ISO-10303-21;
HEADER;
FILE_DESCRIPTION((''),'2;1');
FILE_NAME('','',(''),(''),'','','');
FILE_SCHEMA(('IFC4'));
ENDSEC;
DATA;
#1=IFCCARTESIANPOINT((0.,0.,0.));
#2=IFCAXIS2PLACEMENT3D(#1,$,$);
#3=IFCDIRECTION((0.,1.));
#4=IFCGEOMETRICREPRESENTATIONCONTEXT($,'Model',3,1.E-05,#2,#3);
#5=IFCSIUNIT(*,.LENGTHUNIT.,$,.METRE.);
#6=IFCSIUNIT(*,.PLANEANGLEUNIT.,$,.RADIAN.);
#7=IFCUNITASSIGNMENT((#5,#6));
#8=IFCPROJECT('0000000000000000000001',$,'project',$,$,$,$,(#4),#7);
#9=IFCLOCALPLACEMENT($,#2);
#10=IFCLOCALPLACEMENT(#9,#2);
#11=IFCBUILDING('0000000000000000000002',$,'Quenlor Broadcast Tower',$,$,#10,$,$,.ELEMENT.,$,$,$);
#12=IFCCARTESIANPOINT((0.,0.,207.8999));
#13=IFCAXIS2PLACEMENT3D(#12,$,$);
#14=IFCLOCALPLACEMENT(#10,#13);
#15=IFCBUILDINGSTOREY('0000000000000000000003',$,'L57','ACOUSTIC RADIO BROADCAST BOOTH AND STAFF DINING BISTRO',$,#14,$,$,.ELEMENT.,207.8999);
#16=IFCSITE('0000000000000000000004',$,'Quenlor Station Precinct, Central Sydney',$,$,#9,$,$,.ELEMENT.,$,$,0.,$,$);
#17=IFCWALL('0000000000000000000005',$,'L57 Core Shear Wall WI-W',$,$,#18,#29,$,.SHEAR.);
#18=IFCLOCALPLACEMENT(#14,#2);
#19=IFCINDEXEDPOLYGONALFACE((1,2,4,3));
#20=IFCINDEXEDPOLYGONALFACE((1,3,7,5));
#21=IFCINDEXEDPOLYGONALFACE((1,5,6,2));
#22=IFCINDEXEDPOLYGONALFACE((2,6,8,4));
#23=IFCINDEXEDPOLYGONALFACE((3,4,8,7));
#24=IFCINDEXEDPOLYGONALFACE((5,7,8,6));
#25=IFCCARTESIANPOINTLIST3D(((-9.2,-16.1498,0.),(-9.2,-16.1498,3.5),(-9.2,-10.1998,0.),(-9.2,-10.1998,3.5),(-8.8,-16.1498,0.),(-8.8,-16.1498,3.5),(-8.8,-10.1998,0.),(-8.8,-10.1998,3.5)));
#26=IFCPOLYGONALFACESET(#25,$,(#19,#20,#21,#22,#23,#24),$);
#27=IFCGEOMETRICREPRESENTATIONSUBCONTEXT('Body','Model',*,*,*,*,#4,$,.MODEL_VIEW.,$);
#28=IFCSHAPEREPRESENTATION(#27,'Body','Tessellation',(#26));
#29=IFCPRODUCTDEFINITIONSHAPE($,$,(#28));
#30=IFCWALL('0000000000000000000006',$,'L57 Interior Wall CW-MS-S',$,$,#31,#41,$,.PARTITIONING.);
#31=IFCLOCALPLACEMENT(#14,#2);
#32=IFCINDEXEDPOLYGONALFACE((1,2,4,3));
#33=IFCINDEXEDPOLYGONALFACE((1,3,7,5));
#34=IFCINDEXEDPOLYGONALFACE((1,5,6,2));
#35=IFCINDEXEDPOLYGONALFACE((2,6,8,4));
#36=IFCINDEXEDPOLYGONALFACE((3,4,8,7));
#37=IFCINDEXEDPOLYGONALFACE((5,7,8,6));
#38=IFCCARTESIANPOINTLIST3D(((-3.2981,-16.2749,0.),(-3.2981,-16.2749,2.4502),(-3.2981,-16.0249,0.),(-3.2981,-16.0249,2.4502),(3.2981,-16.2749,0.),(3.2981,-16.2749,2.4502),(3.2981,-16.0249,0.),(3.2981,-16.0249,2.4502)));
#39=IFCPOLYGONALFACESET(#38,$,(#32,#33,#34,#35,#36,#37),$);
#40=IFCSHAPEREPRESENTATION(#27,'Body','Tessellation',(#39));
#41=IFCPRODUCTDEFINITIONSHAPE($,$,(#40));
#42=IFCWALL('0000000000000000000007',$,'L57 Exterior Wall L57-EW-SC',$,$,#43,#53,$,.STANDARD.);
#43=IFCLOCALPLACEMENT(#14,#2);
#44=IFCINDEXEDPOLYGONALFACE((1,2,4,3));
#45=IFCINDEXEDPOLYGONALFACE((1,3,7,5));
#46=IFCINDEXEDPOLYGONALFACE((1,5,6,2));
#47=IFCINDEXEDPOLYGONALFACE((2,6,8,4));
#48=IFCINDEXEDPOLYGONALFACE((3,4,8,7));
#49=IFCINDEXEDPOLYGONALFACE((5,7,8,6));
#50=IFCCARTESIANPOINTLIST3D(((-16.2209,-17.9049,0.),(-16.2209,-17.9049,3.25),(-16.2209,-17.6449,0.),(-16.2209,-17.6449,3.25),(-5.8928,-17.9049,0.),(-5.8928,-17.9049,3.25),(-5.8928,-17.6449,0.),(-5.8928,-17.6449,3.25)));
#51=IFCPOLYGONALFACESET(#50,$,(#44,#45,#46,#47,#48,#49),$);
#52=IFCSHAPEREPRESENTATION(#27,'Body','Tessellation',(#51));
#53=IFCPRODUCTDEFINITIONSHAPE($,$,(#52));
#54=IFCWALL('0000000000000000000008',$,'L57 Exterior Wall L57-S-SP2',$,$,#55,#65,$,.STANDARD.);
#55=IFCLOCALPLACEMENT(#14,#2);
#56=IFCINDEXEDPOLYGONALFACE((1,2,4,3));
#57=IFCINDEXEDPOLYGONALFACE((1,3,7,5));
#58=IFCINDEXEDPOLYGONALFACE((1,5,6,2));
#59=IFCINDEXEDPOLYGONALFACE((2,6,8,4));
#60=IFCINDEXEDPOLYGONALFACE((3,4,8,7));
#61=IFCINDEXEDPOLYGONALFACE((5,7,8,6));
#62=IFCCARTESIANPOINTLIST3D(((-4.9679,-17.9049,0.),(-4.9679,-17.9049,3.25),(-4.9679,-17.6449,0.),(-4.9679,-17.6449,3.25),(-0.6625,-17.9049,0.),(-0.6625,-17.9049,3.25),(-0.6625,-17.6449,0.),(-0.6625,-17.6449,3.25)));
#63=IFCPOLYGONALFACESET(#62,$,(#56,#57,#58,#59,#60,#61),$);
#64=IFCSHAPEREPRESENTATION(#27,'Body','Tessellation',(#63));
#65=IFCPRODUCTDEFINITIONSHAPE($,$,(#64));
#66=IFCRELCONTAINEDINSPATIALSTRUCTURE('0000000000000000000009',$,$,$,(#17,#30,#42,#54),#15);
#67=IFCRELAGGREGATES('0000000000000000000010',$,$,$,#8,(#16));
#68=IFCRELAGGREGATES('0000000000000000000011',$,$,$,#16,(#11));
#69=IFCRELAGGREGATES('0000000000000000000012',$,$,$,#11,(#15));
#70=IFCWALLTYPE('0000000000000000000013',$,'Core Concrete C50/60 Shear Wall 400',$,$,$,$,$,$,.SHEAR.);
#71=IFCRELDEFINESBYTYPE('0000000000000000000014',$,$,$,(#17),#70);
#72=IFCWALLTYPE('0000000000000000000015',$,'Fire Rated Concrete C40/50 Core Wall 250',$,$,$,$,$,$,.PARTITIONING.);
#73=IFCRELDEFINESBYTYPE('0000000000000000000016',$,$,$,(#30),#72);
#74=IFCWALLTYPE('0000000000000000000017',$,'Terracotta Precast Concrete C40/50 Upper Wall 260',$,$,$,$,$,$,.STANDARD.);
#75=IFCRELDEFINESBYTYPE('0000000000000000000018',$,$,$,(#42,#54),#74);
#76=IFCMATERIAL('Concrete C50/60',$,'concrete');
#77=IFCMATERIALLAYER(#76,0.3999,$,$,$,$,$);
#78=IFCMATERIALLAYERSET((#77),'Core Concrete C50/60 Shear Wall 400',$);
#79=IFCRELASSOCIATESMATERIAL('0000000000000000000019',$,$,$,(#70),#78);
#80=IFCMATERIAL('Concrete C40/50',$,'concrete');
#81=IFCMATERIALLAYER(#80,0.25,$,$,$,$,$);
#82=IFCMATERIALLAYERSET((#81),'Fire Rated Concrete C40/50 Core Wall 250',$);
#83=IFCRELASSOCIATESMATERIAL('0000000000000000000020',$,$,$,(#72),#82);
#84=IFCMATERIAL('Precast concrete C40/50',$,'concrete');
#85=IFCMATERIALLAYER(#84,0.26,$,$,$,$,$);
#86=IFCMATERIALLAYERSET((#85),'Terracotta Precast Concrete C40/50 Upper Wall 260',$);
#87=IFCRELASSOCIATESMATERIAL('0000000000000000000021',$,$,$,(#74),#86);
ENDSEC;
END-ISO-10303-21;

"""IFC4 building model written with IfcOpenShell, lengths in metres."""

from ifc_helpers import new_model, si_unit, direction, frame, frame_2d, origin, place, context, subcontext, project, spatial, rectangle, extrude, material, layer, layer_set, type_object, element, save


model = new_model("IFC4")

# Units and contexts
model_context = context("Model", 3, precision=1e-05, world=origin(), true_north=direction((0.0, 1.0)))
body_context = subcontext(model_context, "Body", "Model", "MODEL_VIEW")
ifc_project = project(units=[si_unit("LENGTHUNIT", "METRE"), si_unit("PLANEANGLEUNIT", "RADIAN")], contexts=[model_context])

# Site, building, storey
site_placement = place(None, origin())
site = spatial("IfcSite", under=ifc_project, at=site_placement, Name="Quenlor Station Precinct, Central Sydney", CompositionType="ELEMENT", RefElevation=0.0)
building_placement = place(site_placement, origin())
building = spatial("IfcBuilding", under=site, at=building_placement, Name="Quenlor Broadcast Tower", CompositionType="ELEMENT")
storey_placement = place(building_placement, frame((0.0, 0.0, 207.8999)))
storey = spatial("IfcBuildingStorey", under=building, at=storey_placement, Name="L57", Description="ACOUSTIC RADIO BROADCAST BOOTH AND STAFF DINING BISTRO", CompositionType="ELEMENT", Elevation=207.8999)

# Walls
ifc_material_1 = material(Name="Concrete C50/60", Category="concrete")
ifc_layer_1 = layer(ifc_material_1, 0.3999)
ifc_layer_set_1 = layer_set([ifc_layer_1], Name="Core Concrete C50/60 Shear Wall 400")
wall_type_1 = type_object("IfcWallType", Name="Core Concrete C50/60 Shear Wall 400", PredefinedType="SHEAR", material=ifc_layer_set_1)
wall_1_placement = place(storey_placement, frame((-9.0, -16.1499, 0.0), z_axis=(0.0, 0.0, 1.0), x_axis=(0.0, 1.0, 0.0)))
element("IfcWall", 1, at=wall_1_placement, inside=storey, type_object=wall_type_1, Name="L57 Core Shear Wall WI-W", PredefinedType="SHEAR", context=body_context, shape_type="SweptSolid", body=[
    extrude(rectangle(XDim=5.95, YDim=0.3999, at=frame_2d((2.9751, 0.0))), origin(), (0.0, 0.0, 1.0), 3.5),
])
ifc_material_2 = material(Name="Concrete C40/50", Category="concrete")
ifc_layer_2 = layer(ifc_material_2, 0.25)
ifc_layer_set_2 = layer_set([ifc_layer_2], Name="Fire Rated Concrete C40/50 Core Wall 250")
wall_type_2 = type_object("IfcWallType", Name="Fire Rated Concrete C40/50 Core Wall 250", PredefinedType="PARTITIONING", material=ifc_layer_set_2)
wall_2_placement = place(storey_placement, frame((-3.2981, -16.1499, 0.0), z_axis=(0.0, 0.0, 1.0), x_axis=(1.0, 0.0, 0.0)))
element("IfcWall", 2, at=wall_2_placement, inside=storey, type_object=wall_type_2, Name="L57 Interior Wall CW-MS-S", PredefinedType="PARTITIONING", context=body_context, shape_type="SweptSolid", body=[
    extrude(rectangle(XDim=6.5962, YDim=0.25, at=frame_2d((3.2981, 0.0))), origin(), (0.0, 0.0, 1.0), 2.4502),
])
ifc_material_3 = material(Name="Precast concrete C40/50", Category="concrete")
ifc_layer_3 = layer(ifc_material_3, 0.26)
ifc_layer_set_3 = layer_set([ifc_layer_3], Name="Terracotta Precast Concrete C40/50 Upper Wall 260")
wall_type_3 = type_object("IfcWallType", Name="Terracotta Precast Concrete C40/50 Upper Wall 260", PredefinedType="STANDARD", material=ifc_layer_set_3)
wall_3_placement = place(storey_placement, frame((-5.8928, -17.7749, 0.0), z_axis=(0.0, 0.0, 1.0), x_axis=(-1.0, 0.0, 0.0)))
element("IfcWall", 3, at=wall_3_placement, inside=storey, type_object=wall_type_3, Name="L57 Exterior Wall L57-EW-SC", PredefinedType="STANDARD", context=body_context, shape_type="SweptSolid", body=[
    extrude(rectangle(XDim=10.3281, YDim=0.26, at=frame_2d((5.1641, 0.0))), origin(), (0.0, 0.0, 1.0), 3.25),
])
wall_4_placement = place(storey_placement, frame((-0.6624, -17.7749, 0.0), z_axis=(0.0, 0.0, 1.0), x_axis=(-1.0, 0.0, 0.0)))
element("IfcWall", 4, at=wall_4_placement, inside=storey, type_object=wall_type_3, Name="L57 Exterior Wall L57-S-SP2", PredefinedType="STANDARD", context=body_context, shape_type="SweptSolid", body=[
    extrude(rectangle(XDim=4.3054, YDim=0.26, at=frame_2d((2.1528, 0.0))), origin(), (0.0, 0.0, 1.0), 3.25),
])

save(model, "model.ifc")
